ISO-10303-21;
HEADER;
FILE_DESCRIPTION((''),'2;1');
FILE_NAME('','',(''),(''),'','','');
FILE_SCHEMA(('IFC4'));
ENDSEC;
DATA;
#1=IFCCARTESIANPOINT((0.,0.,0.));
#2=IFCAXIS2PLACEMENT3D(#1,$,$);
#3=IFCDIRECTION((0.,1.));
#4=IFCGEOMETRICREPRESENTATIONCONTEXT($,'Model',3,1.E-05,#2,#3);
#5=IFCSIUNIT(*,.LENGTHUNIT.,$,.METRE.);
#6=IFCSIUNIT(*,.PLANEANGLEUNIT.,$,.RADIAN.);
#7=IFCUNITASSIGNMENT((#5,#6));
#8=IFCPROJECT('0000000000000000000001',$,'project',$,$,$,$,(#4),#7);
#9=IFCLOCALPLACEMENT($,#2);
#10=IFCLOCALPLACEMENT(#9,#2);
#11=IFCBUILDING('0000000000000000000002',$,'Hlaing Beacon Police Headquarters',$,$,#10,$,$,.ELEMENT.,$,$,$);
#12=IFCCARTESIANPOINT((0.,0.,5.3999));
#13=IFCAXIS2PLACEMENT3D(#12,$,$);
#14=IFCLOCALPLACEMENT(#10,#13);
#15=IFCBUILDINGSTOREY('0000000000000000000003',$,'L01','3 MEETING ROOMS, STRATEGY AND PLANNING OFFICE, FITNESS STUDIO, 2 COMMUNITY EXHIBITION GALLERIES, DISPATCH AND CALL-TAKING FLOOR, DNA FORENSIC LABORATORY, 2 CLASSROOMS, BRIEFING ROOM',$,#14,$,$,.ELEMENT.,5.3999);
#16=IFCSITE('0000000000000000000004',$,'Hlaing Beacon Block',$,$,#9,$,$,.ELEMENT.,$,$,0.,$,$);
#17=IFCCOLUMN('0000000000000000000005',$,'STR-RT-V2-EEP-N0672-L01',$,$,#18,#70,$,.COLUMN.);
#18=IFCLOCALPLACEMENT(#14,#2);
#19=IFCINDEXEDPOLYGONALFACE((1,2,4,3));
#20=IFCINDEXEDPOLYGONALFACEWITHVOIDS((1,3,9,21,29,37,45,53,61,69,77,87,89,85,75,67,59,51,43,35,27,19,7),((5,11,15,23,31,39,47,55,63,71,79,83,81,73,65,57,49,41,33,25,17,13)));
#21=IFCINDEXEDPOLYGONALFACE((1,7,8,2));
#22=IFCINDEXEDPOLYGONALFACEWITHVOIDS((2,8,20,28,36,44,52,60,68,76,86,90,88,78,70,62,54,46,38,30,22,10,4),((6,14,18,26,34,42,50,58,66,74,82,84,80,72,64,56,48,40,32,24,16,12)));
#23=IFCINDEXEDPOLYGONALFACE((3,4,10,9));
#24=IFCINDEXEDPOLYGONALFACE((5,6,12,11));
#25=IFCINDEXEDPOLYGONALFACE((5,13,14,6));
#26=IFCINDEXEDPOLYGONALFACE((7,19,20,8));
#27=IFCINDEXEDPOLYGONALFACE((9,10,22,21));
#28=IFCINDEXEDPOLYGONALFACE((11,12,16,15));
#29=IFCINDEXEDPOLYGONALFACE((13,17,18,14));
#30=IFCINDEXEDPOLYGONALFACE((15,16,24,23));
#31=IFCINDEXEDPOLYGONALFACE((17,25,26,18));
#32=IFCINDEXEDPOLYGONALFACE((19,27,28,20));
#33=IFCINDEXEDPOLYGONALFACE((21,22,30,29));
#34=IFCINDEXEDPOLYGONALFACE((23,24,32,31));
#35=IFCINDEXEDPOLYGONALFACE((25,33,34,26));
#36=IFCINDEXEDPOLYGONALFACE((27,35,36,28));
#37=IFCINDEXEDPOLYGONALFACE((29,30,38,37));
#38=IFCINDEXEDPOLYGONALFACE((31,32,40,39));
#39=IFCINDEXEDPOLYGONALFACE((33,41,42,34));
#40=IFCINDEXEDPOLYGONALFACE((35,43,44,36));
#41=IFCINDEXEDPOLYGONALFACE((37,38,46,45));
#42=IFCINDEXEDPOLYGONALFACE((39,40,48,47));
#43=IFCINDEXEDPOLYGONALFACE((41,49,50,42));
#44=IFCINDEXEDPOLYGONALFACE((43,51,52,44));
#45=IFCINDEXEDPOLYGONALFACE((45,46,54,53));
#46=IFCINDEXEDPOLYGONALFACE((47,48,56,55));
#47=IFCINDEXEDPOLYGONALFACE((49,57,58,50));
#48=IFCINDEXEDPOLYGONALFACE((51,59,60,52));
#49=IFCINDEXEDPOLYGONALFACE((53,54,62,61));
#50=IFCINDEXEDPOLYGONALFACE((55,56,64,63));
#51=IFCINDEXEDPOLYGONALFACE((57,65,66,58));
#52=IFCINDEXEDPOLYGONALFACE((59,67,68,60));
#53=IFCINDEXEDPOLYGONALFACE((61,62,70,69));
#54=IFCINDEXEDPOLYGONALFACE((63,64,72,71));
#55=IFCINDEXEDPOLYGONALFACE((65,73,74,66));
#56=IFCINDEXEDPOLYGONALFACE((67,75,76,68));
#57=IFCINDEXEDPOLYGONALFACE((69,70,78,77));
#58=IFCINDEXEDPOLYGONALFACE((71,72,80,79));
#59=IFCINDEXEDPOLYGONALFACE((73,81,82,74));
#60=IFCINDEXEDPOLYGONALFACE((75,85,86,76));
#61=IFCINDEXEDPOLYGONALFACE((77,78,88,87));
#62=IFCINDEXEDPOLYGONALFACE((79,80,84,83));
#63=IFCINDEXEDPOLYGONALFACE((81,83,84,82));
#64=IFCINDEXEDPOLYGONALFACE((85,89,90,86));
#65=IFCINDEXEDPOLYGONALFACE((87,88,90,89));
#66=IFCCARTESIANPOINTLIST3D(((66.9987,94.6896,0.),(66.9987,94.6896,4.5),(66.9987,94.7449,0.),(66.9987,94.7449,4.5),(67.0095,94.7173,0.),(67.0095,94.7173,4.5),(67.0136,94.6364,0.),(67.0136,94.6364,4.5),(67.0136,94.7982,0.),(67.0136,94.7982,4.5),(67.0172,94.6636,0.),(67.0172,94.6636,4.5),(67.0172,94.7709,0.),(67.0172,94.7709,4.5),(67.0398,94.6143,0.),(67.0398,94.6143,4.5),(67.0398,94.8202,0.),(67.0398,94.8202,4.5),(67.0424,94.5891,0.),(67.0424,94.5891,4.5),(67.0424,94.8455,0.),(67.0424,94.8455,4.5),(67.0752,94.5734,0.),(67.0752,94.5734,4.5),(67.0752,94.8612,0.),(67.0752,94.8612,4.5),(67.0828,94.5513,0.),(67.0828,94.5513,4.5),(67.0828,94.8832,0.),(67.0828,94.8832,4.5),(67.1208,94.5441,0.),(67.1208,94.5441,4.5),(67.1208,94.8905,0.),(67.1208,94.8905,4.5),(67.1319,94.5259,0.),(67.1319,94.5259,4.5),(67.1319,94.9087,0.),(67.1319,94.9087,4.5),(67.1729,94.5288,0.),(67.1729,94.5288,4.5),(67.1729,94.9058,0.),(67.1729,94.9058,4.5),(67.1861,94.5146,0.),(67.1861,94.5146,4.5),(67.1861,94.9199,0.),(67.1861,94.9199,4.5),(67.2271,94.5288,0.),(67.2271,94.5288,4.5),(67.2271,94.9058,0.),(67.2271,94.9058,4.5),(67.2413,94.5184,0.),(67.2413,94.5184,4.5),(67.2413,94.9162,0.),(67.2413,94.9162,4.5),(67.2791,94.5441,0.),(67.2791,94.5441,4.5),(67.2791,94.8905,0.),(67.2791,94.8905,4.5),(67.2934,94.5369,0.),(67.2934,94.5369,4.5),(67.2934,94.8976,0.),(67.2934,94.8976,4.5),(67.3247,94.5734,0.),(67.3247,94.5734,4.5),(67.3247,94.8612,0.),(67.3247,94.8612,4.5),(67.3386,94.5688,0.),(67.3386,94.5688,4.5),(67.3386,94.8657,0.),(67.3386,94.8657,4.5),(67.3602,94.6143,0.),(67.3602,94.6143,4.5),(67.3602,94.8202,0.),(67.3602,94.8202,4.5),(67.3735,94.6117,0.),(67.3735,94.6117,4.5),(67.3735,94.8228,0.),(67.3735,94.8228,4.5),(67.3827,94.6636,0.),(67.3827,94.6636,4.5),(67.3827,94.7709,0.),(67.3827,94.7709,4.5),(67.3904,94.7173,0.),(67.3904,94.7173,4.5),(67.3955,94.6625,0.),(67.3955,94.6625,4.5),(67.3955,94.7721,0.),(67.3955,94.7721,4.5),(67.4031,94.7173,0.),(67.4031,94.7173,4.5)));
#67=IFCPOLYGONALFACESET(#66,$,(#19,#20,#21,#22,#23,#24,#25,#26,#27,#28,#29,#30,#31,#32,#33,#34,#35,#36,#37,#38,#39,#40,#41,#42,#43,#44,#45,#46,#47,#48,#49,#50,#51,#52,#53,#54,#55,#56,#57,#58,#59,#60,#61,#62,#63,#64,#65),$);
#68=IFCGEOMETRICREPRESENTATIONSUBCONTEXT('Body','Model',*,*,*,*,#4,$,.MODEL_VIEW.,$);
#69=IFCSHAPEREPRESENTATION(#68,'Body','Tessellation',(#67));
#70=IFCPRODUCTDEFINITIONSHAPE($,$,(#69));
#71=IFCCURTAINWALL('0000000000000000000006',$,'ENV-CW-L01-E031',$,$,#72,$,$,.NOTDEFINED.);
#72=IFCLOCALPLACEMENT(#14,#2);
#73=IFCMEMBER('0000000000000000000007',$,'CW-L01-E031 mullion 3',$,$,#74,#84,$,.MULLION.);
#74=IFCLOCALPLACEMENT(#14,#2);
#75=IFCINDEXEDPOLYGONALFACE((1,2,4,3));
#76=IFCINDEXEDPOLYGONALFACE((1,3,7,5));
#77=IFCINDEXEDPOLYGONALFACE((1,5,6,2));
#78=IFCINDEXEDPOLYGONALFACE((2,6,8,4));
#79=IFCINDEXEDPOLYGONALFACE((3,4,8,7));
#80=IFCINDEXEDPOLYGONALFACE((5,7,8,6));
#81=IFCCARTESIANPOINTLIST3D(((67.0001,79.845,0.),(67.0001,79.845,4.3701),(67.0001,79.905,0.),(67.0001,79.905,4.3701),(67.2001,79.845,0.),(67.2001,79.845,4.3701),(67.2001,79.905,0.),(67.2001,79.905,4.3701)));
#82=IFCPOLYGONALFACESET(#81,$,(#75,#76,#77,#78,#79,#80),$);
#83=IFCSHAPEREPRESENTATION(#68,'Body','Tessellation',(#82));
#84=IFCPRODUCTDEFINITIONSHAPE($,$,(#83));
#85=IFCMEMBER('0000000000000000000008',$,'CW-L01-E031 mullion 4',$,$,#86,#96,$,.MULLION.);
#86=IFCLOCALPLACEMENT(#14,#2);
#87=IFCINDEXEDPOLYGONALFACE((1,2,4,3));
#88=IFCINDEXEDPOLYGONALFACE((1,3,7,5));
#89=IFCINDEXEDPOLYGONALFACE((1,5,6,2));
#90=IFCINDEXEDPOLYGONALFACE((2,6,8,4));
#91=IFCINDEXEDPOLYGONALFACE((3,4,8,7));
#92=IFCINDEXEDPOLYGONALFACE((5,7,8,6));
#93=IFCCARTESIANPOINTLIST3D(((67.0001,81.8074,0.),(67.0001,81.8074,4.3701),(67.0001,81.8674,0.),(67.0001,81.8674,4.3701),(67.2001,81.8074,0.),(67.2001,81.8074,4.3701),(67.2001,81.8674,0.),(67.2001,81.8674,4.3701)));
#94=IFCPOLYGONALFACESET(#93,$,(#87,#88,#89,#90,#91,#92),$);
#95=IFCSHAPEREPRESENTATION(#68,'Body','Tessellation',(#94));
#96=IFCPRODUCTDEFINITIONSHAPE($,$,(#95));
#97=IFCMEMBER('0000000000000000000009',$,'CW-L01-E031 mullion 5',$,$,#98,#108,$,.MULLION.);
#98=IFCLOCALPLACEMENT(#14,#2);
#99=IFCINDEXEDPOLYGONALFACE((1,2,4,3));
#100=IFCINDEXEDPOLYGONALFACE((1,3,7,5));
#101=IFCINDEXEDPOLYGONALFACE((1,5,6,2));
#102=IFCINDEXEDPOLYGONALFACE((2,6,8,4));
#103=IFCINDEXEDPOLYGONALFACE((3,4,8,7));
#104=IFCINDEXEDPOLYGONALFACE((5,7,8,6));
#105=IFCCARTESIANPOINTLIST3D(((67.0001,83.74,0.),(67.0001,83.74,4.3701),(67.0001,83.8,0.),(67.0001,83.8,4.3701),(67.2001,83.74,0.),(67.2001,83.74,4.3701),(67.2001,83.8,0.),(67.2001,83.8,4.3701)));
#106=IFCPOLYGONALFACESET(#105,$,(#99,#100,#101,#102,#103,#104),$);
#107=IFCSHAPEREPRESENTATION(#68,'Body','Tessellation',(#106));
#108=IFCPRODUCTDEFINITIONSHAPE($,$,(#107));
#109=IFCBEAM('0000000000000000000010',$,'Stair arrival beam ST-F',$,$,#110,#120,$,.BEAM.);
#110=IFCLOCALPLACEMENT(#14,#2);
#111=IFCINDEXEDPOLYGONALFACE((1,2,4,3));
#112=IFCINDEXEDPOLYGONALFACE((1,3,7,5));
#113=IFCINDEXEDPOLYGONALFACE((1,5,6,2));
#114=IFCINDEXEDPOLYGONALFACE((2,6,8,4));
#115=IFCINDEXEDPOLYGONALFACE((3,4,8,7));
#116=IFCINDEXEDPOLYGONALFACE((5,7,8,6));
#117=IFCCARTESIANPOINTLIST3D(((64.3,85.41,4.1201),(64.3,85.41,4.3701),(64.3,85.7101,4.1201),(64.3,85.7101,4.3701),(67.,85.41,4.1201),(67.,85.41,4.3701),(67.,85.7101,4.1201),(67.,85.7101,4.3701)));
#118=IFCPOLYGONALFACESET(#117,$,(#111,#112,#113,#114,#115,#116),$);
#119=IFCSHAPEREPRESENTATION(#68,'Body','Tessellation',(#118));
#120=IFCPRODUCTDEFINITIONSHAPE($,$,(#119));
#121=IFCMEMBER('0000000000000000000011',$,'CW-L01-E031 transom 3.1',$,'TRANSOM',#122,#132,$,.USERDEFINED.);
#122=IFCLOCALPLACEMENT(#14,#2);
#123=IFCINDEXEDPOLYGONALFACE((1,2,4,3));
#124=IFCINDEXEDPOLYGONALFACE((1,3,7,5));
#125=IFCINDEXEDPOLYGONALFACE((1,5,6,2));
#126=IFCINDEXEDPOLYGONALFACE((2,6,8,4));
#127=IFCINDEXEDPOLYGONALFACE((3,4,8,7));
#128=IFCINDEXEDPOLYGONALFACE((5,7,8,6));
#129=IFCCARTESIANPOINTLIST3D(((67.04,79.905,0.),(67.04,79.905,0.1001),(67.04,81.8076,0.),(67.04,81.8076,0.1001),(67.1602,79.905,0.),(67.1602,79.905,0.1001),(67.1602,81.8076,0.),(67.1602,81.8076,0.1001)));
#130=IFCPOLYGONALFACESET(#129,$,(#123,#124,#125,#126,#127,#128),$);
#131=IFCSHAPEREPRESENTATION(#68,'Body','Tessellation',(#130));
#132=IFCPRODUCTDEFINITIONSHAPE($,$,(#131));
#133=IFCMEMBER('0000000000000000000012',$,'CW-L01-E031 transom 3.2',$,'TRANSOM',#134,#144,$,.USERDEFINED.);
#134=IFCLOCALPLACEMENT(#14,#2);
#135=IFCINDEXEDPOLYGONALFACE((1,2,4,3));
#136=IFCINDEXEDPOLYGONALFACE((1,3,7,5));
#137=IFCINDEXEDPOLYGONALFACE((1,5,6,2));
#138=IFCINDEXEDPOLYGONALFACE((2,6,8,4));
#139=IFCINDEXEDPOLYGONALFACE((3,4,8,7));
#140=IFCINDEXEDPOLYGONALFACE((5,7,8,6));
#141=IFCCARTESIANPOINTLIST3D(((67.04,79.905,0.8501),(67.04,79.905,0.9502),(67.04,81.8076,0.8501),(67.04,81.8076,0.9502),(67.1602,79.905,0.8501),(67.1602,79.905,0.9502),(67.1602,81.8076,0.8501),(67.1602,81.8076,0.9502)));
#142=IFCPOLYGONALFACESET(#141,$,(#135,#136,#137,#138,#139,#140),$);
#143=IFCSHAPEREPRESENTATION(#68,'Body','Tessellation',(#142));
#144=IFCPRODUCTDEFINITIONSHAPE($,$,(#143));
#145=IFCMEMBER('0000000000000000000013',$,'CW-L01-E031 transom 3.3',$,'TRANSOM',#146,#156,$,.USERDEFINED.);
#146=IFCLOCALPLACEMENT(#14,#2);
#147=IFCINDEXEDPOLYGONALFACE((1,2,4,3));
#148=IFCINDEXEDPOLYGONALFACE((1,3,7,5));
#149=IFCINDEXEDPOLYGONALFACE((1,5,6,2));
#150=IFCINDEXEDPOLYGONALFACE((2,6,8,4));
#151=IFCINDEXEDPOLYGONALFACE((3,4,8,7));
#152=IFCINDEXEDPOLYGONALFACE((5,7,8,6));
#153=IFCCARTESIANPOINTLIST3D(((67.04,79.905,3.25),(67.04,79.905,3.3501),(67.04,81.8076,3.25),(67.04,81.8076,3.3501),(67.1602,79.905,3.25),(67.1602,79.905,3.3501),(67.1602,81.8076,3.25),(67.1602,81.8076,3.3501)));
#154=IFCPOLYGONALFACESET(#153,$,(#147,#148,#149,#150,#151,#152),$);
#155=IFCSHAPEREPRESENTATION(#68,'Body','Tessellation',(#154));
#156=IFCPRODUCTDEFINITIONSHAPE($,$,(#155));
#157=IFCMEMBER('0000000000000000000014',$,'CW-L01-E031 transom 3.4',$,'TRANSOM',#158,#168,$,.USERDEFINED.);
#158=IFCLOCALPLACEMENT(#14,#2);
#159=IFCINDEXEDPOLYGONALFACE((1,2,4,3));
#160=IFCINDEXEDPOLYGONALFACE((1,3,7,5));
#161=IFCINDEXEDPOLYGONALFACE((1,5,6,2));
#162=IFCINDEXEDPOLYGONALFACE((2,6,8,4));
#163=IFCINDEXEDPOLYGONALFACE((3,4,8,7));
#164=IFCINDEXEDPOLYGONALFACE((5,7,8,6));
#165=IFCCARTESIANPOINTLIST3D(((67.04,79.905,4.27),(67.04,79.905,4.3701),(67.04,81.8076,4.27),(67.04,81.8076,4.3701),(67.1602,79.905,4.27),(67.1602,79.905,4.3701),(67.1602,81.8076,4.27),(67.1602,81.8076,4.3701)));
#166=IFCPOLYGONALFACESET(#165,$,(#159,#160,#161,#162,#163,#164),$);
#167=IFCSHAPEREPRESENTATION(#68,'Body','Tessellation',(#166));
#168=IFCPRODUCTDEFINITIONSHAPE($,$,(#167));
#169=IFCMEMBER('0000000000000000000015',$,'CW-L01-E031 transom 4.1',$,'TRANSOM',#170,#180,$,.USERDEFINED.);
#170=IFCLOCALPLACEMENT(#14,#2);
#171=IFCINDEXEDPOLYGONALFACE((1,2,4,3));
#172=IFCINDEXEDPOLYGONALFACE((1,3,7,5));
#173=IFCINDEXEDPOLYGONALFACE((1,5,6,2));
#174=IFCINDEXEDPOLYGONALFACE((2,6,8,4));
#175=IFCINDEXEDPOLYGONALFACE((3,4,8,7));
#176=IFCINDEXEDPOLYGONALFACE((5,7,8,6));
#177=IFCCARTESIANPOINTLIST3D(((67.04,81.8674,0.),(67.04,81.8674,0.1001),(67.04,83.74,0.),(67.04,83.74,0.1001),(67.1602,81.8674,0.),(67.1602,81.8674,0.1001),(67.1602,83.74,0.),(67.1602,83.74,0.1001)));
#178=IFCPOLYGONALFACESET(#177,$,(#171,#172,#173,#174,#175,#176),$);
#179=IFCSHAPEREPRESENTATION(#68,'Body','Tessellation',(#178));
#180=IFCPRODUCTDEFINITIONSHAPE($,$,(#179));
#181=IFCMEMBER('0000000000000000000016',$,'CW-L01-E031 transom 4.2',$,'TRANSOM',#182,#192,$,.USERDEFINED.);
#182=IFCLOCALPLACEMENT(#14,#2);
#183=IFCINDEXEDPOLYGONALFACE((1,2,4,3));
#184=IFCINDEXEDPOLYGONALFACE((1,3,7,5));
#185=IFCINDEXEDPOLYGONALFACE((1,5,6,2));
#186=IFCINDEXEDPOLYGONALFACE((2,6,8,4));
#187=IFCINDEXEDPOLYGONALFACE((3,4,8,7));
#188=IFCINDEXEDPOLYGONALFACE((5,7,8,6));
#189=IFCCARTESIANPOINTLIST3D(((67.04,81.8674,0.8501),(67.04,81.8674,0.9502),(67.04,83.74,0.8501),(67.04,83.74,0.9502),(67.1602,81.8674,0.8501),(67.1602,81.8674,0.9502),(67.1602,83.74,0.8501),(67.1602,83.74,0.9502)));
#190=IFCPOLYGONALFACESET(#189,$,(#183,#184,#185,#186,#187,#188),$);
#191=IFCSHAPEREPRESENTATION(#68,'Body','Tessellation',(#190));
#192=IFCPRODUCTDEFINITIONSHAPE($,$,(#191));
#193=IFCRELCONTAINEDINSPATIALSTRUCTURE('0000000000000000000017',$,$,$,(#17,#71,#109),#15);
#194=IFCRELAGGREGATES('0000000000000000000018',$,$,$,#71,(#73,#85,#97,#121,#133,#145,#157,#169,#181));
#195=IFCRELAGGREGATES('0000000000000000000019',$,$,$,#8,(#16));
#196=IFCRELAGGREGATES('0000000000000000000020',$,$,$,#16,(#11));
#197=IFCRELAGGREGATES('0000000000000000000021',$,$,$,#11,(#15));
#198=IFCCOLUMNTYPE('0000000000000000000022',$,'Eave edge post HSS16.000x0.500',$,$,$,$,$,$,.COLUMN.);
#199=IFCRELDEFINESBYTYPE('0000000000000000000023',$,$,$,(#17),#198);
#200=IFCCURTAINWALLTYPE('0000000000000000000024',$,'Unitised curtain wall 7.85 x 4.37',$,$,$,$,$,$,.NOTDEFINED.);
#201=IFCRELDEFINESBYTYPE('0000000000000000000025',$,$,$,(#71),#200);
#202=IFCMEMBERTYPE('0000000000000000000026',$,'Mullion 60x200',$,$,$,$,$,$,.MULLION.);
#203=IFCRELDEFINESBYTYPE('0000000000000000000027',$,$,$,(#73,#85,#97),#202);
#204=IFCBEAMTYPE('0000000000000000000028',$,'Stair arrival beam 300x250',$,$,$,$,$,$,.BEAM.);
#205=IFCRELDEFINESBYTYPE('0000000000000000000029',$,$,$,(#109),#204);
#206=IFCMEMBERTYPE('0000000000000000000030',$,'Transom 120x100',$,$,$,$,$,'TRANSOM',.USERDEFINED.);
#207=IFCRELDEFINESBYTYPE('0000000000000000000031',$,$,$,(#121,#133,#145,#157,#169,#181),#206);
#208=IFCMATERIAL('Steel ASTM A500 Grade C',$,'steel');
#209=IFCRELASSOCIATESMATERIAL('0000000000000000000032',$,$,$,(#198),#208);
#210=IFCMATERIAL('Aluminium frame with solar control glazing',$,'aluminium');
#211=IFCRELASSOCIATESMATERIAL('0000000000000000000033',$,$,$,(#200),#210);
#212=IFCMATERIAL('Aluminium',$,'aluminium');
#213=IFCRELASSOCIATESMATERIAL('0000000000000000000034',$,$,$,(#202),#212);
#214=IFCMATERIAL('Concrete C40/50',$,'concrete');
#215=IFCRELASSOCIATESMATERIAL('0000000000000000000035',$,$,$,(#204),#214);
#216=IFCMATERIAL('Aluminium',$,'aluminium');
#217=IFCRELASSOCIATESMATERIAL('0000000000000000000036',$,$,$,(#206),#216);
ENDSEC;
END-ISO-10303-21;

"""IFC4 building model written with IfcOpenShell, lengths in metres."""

from ifc_helpers import new_model, si_unit, direction, frame, origin, origin_2d, place, context, subcontext, project, spatial, rectangle, hollow_circle, extrude, material, material_profile, profile_set, type_object, element, aggregate, save


model = new_model("IFC4")

# Units and contexts
model_context = context("Model", 3, precision=1e-05, world=origin(), true_north=direction((0.0, 1.0)))
body_context = subcontext(model_context, "Body", "Model", "MODEL_VIEW")
ifc_project = project(units=[si_unit("LENGTHUNIT", "METRE"), si_unit("PLANEANGLEUNIT", "RADIAN")], contexts=[model_context])

# Site, building, storey
site_placement = place(None, origin())
site = spatial("IfcSite", under=ifc_project, at=site_placement, Name="Hlaing Beacon Block", CompositionType="ELEMENT", RefElevation=0.0)
building_placement = place(site_placement, origin())
building = spatial("IfcBuilding", under=site, at=building_placement, Name="Hlaing Beacon Police Headquarters", CompositionType="ELEMENT")
storey_placement = place(building_placement, frame((0.0, 0.0, 5.3999)))
storey = spatial("IfcBuildingStorey", under=building, at=storey_placement, Name="L01", Description="3 MEETING ROOMS, STRATEGY AND PLANNING OFFICE, FITNESS STUDIO, 2 COMMUNITY EXHIBITION GALLERIES, DISPATCH AND CALL-TAKING FLOOR, DNA FORENSIC LABORATORY, 2 CLASSROOMS, BRIEFING ROOM", CompositionType="ELEMENT", Elevation=5.3999)

# Column
ifc_material_1 = material(Name="Steel ASTM A500 Grade C", Category="steel")
ifc_material_profile_1 = material_profile(ifc_material_1, hollow_circle(Radius=0.2031, WallThickness=0.0127, at=origin_2d()), Name="HSS16.000x0.500")
ifc_profile_set_1 = profile_set([ifc_material_profile_1], Name="Steel ASTM A500 Grade C")
column_type = type_object("IfcColumnType", Name="Eave edge post HSS16.000x0.500", PredefinedType="COLUMN", material=ifc_profile_set_1)
column_placement = place(storey_placement, frame((67.2, 94.7173, 0.0), z_axis=(0.0, 0.0, 1.0), x_axis=(1.0, 0.0, 0.0)))
element("IfcColumn", 1, at=column_placement, inside=storey, type_object=column_type, Name="STR-RT-V2-EEP-N0672-L01", PredefinedType="COLUMN", context=body_context, shape_type="SweptSolid", body=[
    extrude(hollow_circle(Radius=0.2031, WallThickness=0.0127, at=origin_2d()), origin(), (0.0, 0.0, 1.0), 4.5),
])

# Curtain wall, members
ifc_material_2 = material(Name="Aluminium frame with solar control glazing", Category="aluminium")
curtain_wall_type = type_object("IfcCurtainWallType", Name="Unitised curtain wall 7.85 x 4.37", PredefinedType="NOTDEFINED", material=ifc_material_2)
curtain_wall_placement = place(storey_placement, origin())
curtain_wall = element("IfcCurtainWall", 2, at=curtain_wall_placement, inside=storey, type_object=curtain_wall_type, Name="ENV-CW-L01-E031", PredefinedType="NOTDEFINED")
ifc_material_3 = material(Name="Aluminium", Category="aluminium")
ifc_material_profile_2 = material_profile(ifc_material_3, rectangle(XDim=0.2, YDim=0.0601, at=origin_2d()), Name="Mullion 60x200")
ifc_profile_set_2 = profile_set([ifc_material_profile_2], Name="Aluminium")
member_type_1 = type_object("IfcMemberType", Name="Mullion 60x200", PredefinedType="MULLION", material=ifc_profile_set_2)
member_1_placement = place(storey_placement, frame((67.1001, 79.875, 0.0), z_axis=(0.0, 0.0, 1.0), x_axis=(-1.0, 0.0, 0.0)))
member_1 = element("IfcMember", 3, at=member_1_placement, type_object=member_type_1, Name="CW-L01-E031 mullion 3", PredefinedType="MULLION", context=body_context, shape_type="SweptSolid", body=[
    extrude(rectangle(XDim=0.2, YDim=0.0601, at=origin_2d()), origin(), (0.0, 0.0, 1.0), 4.3701),
])
member_2_placement = place(storey_placement, frame((67.1001, 81.8374, 0.0), z_axis=(0.0, 0.0, 1.0), x_axis=(-1.0, 0.0, 0.0)))
member_2 = element("IfcMember", 4, at=member_2_placement, type_object=member_type_1, Name="CW-L01-E031 mullion 4", PredefinedType="MULLION", context=body_context, shape_type="SweptSolid", body=[
    extrude(rectangle(XDim=0.2, YDim=0.0601, at=origin_2d()), origin(), (0.0, 0.0, 1.0), 4.3701),
])
member_3_placement = place(storey_placement, frame((67.1001, 83.77, 0.0), z_axis=(0.0, 0.0, 1.0), x_axis=(-1.0, 0.0, 0.0)))
member_3 = element("IfcMember", 5, at=member_3_placement, type_object=member_type_1, Name="CW-L01-E031 mullion 5", PredefinedType="MULLION", context=body_context, shape_type="SweptSolid", body=[
    extrude(rectangle(XDim=0.2, YDim=0.0601, at=origin_2d()), origin(), (0.0, 0.0, 1.0), 4.3701),
])

# Beam
ifc_material_4 = material(Name="Concrete C40/50", Category="concrete")
ifc_material_profile_3 = material_profile(ifc_material_4, rectangle(XDim=0.3, YDim=0.25, at=origin_2d()), Name="Stair arrival beam 300x250")
ifc_profile_set_3 = profile_set([ifc_material_profile_3], Name="Concrete C40/50")
beam_type = type_object("IfcBeamType", Name="Stair arrival beam 300x250", PredefinedType="BEAM", material=ifc_profile_set_3)
beam_placement = place(storey_placement, frame((67.0, 85.5601, 4.2451), z_axis=(-1.0, 0.0, 0.0), x_axis=(0.0, -1.0, 0.0)))
element("IfcBeam", 6, at=beam_placement, inside=storey, type_object=beam_type, Name="Stair arrival beam ST-F", PredefinedType="BEAM", context=body_context, shape_type="SweptSolid", body=[
    extrude(rectangle(XDim=0.3, YDim=0.25, at=origin_2d()), origin(), (0.0, 0.0, 1.0), 2.7),
])

# Members
ifc_material_5 = material(Name="Aluminium", Category="aluminium")
ifc_material_profile_4 = material_profile(ifc_material_5, rectangle(XDim=0.1201, YDim=0.1001, at=origin_2d()), Name="Transom 120x100")
ifc_profile_set_4 = profile_set([ifc_material_profile_4], Name="Aluminium")
member_type_2 = type_object("IfcMemberType", Name="Transom 120x100", ElementType="TRANSOM", PredefinedType="USERDEFINED", material=ifc_profile_set_4)
member_4_placement = place(storey_placement, frame((67.1001, 79.905, 0.05), z_axis=(0.0, 1.0, 0.0), x_axis=(-1.0, 0.0, 0.0)))
member_4 = element("IfcMember", 7, at=member_4_placement, type_object=member_type_2, Name="CW-L01-E031 transom 3.1", ObjectType="TRANSOM", PredefinedType="USERDEFINED", context=body_context, shape_type="SweptSolid", body=[
    extrude(rectangle(XDim=0.1201, YDim=0.1001, at=origin_2d()), origin(), (0.0, 0.0, 1.0), 1.9026),
])
member_5_placement = place(storey_placement, frame((67.1001, 79.905, 0.9001), z_axis=(0.0, 1.0, 0.0), x_axis=(-1.0, 0.0, 0.0)))
member_5 = element("IfcMember", 8, at=member_5_placement, type_object=member_type_2, Name="CW-L01-E031 transom 3.2", ObjectType="TRANSOM", PredefinedType="USERDEFINED", context=body_context, shape_type="SweptSolid", body=[
    extrude(rectangle(XDim=0.1201, YDim=0.1001, at=origin_2d()), origin(), (0.0, 0.0, 1.0), 1.9026),
])
member_6_placement = place(storey_placement, frame((67.1001, 79.905, 3.3), z_axis=(0.0, 1.0, 0.0), x_axis=(-1.0, 0.0, 0.0)))
member_6 = element("IfcMember", 9, at=member_6_placement, type_object=member_type_2, Name="CW-L01-E031 transom 3.3", ObjectType="TRANSOM", PredefinedType="USERDEFINED", context=body_context, shape_type="SweptSolid", body=[
    extrude(rectangle(XDim=0.1201, YDim=0.1001, at=origin_2d()), origin(), (0.0, 0.0, 1.0), 1.9026),
])
member_7_placement = place(storey_placement, frame((67.1001, 79.905, 4.3201), z_axis=(0.0, 1.0, 0.0), x_axis=(-1.0, 0.0, 0.0)))
member_7 = element("IfcMember", 10, at=member_7_placement, type_object=member_type_2, Name="CW-L01-E031 transom 3.4", ObjectType="TRANSOM", PredefinedType="USERDEFINED", context=body_context, shape_type="SweptSolid", body=[
    extrude(rectangle(XDim=0.1201, YDim=0.1001, at=origin_2d()), origin(), (0.0, 0.0, 1.0), 1.9026),
])
member_8_placement = place(storey_placement, frame((67.1001, 81.8674, 0.05), z_axis=(0.0, 1.0, 0.0), x_axis=(-1.0, 0.0, 0.0)))
member_8 = element("IfcMember", 11, at=member_8_placement, type_object=member_type_2, Name="CW-L01-E031 transom 4.1", ObjectType="TRANSOM", PredefinedType="USERDEFINED", context=body_context, shape_type="SweptSolid", body=[
    extrude(rectangle(XDim=0.1201, YDim=0.1001, at=origin_2d()), origin(), (0.0, 0.0, 1.0), 1.8726),
])
member_9_placement = place(storey_placement, frame((67.1001, 81.8674, 0.9001), z_axis=(0.0, 1.0, 0.0), x_axis=(-1.0, 0.0, 0.0)))
member_9 = element("IfcMember", 12, at=member_9_placement, type_object=member_type_2, Name="CW-L01-E031 transom 4.2", ObjectType="TRANSOM", PredefinedType="USERDEFINED", context=body_context, shape_type="SweptSolid", body=[
    extrude(rectangle(XDim=0.1201, YDim=0.1001, at=origin_2d()), origin(), (0.0, 0.0, 1.0), 1.8726),
])

aggregate(curtain_wall, [member_1, member_2, member_3, member_4, member_5, member_6, member_7, member_8, member_9])

save(model, "model.ifc")
